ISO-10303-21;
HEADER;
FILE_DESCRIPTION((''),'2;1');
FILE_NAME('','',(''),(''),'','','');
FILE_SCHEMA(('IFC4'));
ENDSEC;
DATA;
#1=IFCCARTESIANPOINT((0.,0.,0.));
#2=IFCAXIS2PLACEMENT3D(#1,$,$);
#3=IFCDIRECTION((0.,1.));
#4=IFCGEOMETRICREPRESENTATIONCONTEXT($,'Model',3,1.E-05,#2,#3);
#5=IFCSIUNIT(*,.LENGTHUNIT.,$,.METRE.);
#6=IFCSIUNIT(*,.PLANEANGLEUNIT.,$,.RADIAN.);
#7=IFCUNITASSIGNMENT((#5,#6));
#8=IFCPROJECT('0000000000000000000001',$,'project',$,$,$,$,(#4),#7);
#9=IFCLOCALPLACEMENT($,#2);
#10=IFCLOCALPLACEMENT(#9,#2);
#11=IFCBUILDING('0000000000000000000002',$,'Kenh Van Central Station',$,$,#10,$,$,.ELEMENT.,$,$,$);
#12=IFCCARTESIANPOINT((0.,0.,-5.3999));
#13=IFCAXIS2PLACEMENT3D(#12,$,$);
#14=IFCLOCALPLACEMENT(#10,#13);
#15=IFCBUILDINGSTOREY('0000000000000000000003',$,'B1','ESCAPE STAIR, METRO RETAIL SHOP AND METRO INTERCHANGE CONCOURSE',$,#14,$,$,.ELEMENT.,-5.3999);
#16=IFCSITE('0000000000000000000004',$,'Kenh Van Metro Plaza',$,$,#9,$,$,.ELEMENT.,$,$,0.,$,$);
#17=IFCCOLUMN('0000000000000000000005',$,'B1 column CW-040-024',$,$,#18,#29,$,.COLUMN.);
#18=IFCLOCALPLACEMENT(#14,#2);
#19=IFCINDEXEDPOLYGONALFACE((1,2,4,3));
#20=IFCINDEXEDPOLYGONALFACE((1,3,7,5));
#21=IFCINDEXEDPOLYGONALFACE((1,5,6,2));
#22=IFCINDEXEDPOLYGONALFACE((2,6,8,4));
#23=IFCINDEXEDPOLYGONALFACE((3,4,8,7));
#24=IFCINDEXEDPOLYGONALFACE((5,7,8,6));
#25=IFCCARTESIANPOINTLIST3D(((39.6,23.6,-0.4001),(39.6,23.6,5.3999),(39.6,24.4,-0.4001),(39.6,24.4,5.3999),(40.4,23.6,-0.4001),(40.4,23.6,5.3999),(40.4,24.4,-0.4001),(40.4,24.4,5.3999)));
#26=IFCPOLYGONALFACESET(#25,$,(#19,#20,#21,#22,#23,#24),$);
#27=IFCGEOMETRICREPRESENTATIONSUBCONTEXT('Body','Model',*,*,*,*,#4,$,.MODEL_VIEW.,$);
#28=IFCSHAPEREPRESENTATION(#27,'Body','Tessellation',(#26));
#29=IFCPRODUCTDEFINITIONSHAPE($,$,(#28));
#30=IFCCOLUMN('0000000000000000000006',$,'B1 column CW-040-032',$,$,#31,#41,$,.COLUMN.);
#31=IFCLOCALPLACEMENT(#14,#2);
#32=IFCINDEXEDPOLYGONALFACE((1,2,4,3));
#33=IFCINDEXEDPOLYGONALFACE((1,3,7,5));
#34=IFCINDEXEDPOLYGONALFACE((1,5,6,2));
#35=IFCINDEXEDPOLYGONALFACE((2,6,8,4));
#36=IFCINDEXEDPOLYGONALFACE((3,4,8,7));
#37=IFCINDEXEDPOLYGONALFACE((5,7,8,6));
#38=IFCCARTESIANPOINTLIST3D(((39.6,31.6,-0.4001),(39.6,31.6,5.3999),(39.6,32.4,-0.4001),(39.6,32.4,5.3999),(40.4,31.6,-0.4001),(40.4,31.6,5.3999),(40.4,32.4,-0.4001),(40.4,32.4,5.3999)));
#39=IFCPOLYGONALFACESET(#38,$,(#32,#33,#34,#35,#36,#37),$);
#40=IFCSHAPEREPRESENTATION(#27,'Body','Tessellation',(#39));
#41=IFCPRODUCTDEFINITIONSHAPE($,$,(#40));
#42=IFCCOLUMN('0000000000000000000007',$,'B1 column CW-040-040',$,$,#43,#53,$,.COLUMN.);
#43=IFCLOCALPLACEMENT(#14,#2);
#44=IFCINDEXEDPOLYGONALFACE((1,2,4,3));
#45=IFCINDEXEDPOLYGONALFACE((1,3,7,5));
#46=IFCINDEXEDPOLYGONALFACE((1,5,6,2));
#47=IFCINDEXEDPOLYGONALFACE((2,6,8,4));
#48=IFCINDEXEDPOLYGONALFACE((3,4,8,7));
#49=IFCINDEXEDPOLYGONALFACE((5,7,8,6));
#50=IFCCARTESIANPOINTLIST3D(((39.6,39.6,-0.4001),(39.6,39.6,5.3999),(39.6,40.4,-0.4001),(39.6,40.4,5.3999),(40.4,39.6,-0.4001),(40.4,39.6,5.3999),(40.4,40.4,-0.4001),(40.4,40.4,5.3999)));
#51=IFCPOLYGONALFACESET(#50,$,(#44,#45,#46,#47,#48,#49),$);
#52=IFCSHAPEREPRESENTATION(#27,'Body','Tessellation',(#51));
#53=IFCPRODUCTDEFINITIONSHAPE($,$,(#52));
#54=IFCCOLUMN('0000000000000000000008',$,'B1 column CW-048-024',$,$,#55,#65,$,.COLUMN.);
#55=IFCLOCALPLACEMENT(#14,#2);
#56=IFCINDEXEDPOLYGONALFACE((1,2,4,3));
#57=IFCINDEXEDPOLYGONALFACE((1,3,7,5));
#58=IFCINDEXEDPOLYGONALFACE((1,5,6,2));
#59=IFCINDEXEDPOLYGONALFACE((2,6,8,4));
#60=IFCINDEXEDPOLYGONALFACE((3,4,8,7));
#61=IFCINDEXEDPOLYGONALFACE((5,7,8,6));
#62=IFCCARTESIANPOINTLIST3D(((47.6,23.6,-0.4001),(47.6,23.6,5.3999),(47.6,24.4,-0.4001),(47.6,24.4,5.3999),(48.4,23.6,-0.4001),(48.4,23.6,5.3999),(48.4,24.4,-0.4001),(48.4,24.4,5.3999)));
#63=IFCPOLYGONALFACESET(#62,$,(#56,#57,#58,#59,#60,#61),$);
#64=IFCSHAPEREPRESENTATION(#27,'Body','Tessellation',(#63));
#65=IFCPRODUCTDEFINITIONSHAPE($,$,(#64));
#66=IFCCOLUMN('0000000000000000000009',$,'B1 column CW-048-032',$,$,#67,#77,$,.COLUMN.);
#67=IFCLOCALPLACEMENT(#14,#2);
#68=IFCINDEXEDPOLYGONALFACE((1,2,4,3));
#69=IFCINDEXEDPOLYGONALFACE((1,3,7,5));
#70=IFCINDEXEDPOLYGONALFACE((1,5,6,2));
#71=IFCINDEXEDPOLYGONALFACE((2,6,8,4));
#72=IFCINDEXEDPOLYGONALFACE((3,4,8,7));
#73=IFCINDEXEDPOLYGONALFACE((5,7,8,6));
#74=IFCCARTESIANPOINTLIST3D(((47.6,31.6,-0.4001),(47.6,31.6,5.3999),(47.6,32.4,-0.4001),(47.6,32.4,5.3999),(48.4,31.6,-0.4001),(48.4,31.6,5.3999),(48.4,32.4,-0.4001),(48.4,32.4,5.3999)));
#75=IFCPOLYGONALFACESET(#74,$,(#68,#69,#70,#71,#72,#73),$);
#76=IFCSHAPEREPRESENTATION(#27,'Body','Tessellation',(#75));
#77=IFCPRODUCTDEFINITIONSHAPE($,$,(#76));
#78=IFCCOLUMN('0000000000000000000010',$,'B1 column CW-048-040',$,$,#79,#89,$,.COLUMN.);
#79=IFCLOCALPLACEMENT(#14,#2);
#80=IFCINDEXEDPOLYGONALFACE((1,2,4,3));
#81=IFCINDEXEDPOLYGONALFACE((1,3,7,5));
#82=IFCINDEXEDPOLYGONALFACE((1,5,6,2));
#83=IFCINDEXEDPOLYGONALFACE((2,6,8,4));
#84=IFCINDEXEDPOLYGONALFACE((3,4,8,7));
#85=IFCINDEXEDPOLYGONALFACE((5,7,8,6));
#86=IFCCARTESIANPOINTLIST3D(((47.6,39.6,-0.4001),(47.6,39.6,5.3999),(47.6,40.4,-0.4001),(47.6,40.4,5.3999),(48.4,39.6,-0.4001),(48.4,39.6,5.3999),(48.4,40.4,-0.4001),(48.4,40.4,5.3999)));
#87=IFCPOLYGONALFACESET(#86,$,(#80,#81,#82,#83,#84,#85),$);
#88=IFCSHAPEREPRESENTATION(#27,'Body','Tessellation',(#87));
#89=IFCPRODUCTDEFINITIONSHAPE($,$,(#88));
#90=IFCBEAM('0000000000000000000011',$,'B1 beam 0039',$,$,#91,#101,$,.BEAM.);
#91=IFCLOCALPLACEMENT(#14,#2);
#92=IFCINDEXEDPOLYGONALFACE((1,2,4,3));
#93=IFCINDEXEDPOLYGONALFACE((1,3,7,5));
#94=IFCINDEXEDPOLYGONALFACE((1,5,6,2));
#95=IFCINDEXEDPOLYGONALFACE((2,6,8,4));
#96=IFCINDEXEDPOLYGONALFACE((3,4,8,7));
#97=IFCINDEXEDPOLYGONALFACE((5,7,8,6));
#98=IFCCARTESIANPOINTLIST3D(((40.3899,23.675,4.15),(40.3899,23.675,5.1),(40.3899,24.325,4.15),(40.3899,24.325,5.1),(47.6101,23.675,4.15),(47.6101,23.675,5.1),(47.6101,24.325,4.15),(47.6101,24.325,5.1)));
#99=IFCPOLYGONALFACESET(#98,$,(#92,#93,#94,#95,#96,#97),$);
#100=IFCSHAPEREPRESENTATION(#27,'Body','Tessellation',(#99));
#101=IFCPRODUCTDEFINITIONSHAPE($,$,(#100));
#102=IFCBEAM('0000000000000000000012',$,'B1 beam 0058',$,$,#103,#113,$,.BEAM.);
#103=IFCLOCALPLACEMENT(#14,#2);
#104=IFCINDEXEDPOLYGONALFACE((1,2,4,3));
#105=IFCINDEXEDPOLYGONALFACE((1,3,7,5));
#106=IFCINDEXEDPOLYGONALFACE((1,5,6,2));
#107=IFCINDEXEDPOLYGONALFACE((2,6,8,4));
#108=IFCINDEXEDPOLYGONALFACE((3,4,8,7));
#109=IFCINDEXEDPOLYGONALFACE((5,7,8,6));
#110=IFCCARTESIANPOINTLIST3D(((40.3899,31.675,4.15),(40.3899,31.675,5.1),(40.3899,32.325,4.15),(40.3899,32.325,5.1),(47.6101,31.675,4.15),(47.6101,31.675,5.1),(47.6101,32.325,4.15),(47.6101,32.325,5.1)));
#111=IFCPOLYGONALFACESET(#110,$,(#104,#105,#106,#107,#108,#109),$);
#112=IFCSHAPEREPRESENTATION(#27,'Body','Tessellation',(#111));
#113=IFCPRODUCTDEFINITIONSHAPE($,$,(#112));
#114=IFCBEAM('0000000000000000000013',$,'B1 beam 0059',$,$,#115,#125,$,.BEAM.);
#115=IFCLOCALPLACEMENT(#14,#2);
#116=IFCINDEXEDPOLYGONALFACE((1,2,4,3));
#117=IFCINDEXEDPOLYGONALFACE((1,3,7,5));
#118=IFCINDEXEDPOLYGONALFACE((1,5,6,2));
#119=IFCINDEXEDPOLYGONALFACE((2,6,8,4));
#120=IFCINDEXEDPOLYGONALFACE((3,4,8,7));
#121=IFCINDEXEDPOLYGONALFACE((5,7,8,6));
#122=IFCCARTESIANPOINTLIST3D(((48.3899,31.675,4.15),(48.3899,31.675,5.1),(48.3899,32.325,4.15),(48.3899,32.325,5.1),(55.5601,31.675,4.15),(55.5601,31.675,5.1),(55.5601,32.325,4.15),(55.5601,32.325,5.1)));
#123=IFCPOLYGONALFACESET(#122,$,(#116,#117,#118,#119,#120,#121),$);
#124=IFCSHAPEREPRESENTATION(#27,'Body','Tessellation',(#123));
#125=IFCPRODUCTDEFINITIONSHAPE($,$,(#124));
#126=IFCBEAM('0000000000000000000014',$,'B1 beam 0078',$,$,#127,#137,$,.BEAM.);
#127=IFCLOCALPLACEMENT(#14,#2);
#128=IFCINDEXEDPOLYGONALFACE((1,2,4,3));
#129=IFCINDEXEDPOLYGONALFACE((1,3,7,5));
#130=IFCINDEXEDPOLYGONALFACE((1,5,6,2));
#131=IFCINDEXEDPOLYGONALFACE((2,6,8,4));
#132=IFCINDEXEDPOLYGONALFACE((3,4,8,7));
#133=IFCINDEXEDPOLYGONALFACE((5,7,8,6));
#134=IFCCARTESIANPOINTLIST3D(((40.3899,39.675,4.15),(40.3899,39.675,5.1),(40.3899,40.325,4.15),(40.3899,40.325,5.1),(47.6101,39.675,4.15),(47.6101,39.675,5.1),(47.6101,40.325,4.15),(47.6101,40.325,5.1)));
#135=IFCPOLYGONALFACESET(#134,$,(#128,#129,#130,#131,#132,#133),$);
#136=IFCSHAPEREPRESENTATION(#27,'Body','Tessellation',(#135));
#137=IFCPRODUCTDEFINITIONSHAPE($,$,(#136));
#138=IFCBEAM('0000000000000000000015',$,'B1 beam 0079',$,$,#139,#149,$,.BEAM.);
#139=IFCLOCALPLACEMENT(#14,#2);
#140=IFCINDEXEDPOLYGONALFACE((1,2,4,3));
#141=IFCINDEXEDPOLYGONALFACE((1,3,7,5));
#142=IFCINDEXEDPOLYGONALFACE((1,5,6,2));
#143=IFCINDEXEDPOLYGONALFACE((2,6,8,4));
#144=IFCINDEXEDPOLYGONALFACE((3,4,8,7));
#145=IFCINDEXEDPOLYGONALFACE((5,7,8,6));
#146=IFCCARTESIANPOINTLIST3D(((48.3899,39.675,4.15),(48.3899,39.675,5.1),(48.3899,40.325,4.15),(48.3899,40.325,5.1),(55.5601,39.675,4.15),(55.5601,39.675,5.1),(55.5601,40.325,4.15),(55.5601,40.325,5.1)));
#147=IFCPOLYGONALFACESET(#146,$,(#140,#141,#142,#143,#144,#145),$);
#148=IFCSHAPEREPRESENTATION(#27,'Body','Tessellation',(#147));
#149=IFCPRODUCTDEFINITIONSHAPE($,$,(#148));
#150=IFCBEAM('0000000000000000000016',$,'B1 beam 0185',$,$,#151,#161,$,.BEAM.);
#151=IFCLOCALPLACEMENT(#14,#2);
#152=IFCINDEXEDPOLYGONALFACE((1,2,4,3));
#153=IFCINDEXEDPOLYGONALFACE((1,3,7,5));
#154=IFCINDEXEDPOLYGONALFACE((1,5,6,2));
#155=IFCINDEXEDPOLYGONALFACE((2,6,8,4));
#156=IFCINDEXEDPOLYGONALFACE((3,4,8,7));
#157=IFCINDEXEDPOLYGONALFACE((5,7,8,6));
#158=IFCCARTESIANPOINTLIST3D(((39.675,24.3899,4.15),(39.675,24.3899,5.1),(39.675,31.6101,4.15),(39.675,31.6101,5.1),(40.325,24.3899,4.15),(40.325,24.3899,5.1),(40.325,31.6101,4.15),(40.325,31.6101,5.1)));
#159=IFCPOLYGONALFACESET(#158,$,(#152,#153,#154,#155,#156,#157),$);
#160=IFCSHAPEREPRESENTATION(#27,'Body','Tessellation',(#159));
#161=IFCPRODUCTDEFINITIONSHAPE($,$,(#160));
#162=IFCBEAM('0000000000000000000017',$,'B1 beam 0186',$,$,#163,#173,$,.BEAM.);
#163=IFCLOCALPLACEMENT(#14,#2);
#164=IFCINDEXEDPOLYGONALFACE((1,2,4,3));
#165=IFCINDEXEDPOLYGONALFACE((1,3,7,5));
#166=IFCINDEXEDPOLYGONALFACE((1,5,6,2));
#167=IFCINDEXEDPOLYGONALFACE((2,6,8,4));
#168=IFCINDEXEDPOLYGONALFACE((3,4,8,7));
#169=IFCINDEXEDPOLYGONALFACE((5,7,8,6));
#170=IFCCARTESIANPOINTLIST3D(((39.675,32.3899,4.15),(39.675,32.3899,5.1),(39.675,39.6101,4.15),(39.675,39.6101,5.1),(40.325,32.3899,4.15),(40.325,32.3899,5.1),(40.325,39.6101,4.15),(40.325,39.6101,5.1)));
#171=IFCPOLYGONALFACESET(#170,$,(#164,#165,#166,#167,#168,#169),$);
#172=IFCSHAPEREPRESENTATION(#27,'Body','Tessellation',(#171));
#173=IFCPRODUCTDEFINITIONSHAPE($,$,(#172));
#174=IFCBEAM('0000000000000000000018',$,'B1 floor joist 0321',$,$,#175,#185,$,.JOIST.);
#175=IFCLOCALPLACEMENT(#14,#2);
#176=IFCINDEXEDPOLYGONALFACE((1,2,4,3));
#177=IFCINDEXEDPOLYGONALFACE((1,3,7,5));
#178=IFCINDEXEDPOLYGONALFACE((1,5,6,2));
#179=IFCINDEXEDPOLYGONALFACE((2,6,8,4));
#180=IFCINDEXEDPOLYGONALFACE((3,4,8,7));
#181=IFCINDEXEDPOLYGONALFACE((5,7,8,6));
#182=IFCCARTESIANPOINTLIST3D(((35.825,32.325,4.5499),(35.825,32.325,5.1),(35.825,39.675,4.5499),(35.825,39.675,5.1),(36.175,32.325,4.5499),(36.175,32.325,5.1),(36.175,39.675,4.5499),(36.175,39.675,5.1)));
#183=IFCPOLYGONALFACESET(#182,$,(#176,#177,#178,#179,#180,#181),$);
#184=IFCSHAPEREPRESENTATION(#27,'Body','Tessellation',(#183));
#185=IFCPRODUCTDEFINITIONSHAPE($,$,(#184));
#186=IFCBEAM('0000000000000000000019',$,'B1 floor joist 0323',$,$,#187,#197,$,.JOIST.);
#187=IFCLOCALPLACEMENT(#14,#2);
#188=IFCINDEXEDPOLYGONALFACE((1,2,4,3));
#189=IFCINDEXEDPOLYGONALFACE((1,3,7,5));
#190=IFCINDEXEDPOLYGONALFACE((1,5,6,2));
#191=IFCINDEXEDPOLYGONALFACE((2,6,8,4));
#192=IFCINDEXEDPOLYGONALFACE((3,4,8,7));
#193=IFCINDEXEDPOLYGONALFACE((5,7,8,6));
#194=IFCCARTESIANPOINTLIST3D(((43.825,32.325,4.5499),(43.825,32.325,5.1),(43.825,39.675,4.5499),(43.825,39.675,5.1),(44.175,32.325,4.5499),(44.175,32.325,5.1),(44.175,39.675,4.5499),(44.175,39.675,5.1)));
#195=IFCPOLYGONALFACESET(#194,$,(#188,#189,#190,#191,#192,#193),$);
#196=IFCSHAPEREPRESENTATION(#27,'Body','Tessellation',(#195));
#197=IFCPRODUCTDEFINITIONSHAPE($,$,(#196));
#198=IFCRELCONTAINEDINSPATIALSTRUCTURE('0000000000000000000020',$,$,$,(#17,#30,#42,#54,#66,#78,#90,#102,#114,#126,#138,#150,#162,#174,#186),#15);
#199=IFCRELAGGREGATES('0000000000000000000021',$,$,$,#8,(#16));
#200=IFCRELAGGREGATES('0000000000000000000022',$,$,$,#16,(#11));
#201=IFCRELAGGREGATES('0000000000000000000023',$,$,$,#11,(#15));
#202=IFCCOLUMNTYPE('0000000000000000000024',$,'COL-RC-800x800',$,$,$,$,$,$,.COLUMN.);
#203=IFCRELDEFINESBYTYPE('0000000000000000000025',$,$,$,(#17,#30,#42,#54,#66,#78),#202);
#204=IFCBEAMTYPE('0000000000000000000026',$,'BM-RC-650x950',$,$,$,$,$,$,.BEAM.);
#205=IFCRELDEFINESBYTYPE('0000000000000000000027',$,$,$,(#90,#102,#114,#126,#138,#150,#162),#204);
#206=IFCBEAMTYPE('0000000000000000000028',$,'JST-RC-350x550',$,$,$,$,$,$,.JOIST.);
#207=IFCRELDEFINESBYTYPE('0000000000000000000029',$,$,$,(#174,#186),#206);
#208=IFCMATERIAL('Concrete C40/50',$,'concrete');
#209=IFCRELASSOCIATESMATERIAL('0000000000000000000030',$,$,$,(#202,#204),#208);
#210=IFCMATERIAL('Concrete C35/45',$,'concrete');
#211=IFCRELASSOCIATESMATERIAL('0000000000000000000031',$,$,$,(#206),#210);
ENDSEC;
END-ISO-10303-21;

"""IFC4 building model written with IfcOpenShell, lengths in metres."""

from ifc_helpers import new_model, si_unit, direction, frame, origin, origin_2d, place, context, subcontext, project, spatial, rectangle, extrude, material, material_profile, profile_set, type_object, element, save


model = new_model("IFC4")

# Units and contexts
model_context = context("Model", 3, precision=1e-05, world=origin(), true_north=direction((0.0, 1.0)))
body_context = subcontext(model_context, "Body", "Model", "MODEL_VIEW")
ifc_project = project(units=[si_unit("LENGTHUNIT", "METRE"), si_unit("PLANEANGLEUNIT", "RADIAN")], contexts=[model_context])

# Site, building, storey
site_placement = place(None, origin())
site = spatial("IfcSite", under=ifc_project, at=site_placement, Name="Kenh Van Metro Plaza", CompositionType="ELEMENT", RefElevation=0.0)
building_placement = place(site_placement, origin())
building = spatial("IfcBuilding", under=site, at=building_placement, Name="Kenh Van Central Station", CompositionType="ELEMENT")
storey_placement = place(building_placement, frame((0.0, 0.0, -5.3999)))
storey = spatial("IfcBuildingStorey", under=building, at=storey_placement, Name="B1", Description="ESCAPE STAIR, METRO RETAIL SHOP AND METRO INTERCHANGE CONCOURSE", CompositionType="ELEMENT", Elevation=-5.3999)

# Shared definitions
ifc_material_1 = material(Name="Concrete C40/50", Category="concrete")

# Columns
ifc_material_profile_1 = material_profile(ifc_material_1, rectangle(XDim=0.8, YDim=0.8, at=origin_2d()), Name="RC 800x800")
ifc_profile_set_1 = profile_set([ifc_material_profile_1], Name="Concrete C40/50")
column_type = type_object("IfcColumnType", Name="COL-RC-800x800", PredefinedType="COLUMN", material=ifc_profile_set_1)
for number, where, z_axis, x_axis, name in (
    (1, (40.0, 24.0, -0.4001), (0.0, 0.0, 1.0), (1.0, 0.0, 0.0), "B1 column CW-040-024"),
    (2, (40.0, 32.0, -0.4001), (0.0, 0.0, 1.0), (1.0, 0.0, 0.0), "B1 column CW-040-032"),
    (3, (40.0, 40.0, -0.4001), (0.0, 0.0, 1.0), (1.0, 0.0, 0.0), "B1 column CW-040-040"),
    (4, (48.0, 24.0, -0.4001), (0.0, 0.0, 1.0), (1.0, 0.0, 0.0), "B1 column CW-048-024"),
    (5, (48.0, 32.0, -0.4001), (0.0, 0.0, 1.0), (1.0, 0.0, 0.0), "B1 column CW-048-032"),
    (6, (48.0, 40.0, -0.4001), (0.0, 0.0, 1.0), (1.0, 0.0, 0.0), "B1 column CW-048-040"),
):
    element("IfcColumn", number, at=place(storey_placement, frame(where, z_axis=z_axis, x_axis=x_axis)), inside=storey, type_object=column_type, Name=name, PredefinedType="COLUMN", context=body_context, shape_type="SweptSolid", body=[
        extrude(rectangle(XDim=0.8, YDim=0.8, at=origin_2d()), origin(), (0.0, 0.0, 1.0), 5.8),
    ])

# Beams
ifc_material_profile_2 = material_profile(ifc_material_1, rectangle(XDim=0.6499, YDim=0.95, at=origin_2d()), Name="RC 650x950")
ifc_profile_set_2 = profile_set([ifc_material_profile_2], Name="Concrete C40/50")
beam_type_1 = type_object("IfcBeamType", Name="BM-RC-650x950", PredefinedType="BEAM", material=ifc_profile_set_2)
for number, where, z_axis, x_axis, name in (
    (7, (40.3899, 24.0, 4.625), (1.0, 0.0, 0.0), (0.0, 1.0, 0.0), "B1 beam 0039"),
    (8, (40.3899, 32.0, 4.625), (1.0, 0.0, 0.0), (0.0, 1.0, 0.0), "B1 beam 0058"),
):
    element("IfcBeam", number, at=place(storey_placement, frame(where, z_axis=z_axis, x_axis=x_axis)), inside=storey, type_object=beam_type_1, Name=name, PredefinedType="BEAM", context=body_context, shape_type="SweptSolid", body=[
        extrude(rectangle(XDim=0.6499, YDim=0.95, at=origin_2d()), origin(), (0.0, 0.0, 1.0), 7.2202),
    ])
beam_1_placement = place(storey_placement, frame((48.3899, 32.0, 4.625), z_axis=(1.0, 0.0, 0.0), x_axis=(0.0, 1.0, 0.0)))
element("IfcBeam", 9, at=beam_1_placement, inside=storey, type_object=beam_type_1, Name="B1 beam 0059", PredefinedType="BEAM", context=body_context, shape_type="SweptSolid", body=[
    extrude(rectangle(XDim=0.6499, YDim=0.95, at=origin_2d()), origin(), (0.0, 0.0, 1.0), 7.1702),
])
beam_2_placement = place(storey_placement, frame((40.3899, 40.0, 4.625), z_axis=(1.0, 0.0, 0.0), x_axis=(0.0, 1.0, 0.0)))
element("IfcBeam", 10, at=beam_2_placement, inside=storey, type_object=beam_type_1, Name="B1 beam 0078", PredefinedType="BEAM", context=body_context, shape_type="SweptSolid", body=[
    extrude(rectangle(XDim=0.6499, YDim=0.95, at=origin_2d()), origin(), (0.0, 0.0, 1.0), 7.2202),
])
beam_3_placement = place(storey_placement, frame((48.3899, 40.0, 4.625), z_axis=(1.0, 0.0, 0.0), x_axis=(0.0, 1.0, 0.0)))
element("IfcBeam", 11, at=beam_3_placement, inside=storey, type_object=beam_type_1, Name="B1 beam 0079", PredefinedType="BEAM", context=body_context, shape_type="SweptSolid", body=[
    extrude(rectangle(XDim=0.6499, YDim=0.95, at=origin_2d()), origin(), (0.0, 0.0, 1.0), 7.1702),
])
for number, where, z_axis, x_axis, name in (
    (12, (40.0, 24.3899, 4.625), (0.0, 1.0, 0.0), (-1.0, 0.0, 0.0), "B1 beam 0185"),
    (13, (40.0, 32.3899, 4.625), (0.0, 1.0, 0.0), (-1.0, 0.0, 0.0), "B1 beam 0186"),
):
    element("IfcBeam", number, at=place(storey_placement, frame(where, z_axis=z_axis, x_axis=x_axis)), inside=storey, type_object=beam_type_1, Name=name, PredefinedType="BEAM", context=body_context, shape_type="SweptSolid", body=[
        extrude(rectangle(XDim=0.6499, YDim=0.95, at=origin_2d()), origin(), (0.0, 0.0, 1.0), 7.2202),
    ])
ifc_material_2 = material(Name="Concrete C35/45", Category="concrete")
ifc_material_profile_3 = material_profile(ifc_material_2, rectangle(XDim=0.3501, YDim=0.55, at=origin_2d()), Name="RC 350x550")
ifc_profile_set_3 = profile_set([ifc_material_profile_3], Name="Concrete C35/45")
beam_type_2 = type_object("IfcBeamType", Name="JST-RC-350x550", PredefinedType="JOIST", material=ifc_profile_set_3)
for number, where, z_axis, x_axis, name in (
    (14, (36.0, 32.325, 4.825), (0.0, 1.0, 0.0), (-1.0, 0.0, 0.0), "B1 floor joist 0321"),
    (15, (44.0, 32.325, 4.825), (0.0, 1.0, 0.0), (-1.0, 0.0, 0.0), "B1 floor joist 0323"),
):
    element("IfcBeam", number, at=place(storey_placement, frame(where, z_axis=z_axis, x_axis=x_axis)), inside=storey, type_object=beam_type_2, Name=name, PredefinedType="JOIST", context=body_context, shape_type="SweptSolid", body=[
        extrude(rectangle(XDim=0.3501, YDim=0.55, at=origin_2d()), origin(), (0.0, 0.0, 1.0), 7.3501),
    ])

save(model, "model.ifc")
